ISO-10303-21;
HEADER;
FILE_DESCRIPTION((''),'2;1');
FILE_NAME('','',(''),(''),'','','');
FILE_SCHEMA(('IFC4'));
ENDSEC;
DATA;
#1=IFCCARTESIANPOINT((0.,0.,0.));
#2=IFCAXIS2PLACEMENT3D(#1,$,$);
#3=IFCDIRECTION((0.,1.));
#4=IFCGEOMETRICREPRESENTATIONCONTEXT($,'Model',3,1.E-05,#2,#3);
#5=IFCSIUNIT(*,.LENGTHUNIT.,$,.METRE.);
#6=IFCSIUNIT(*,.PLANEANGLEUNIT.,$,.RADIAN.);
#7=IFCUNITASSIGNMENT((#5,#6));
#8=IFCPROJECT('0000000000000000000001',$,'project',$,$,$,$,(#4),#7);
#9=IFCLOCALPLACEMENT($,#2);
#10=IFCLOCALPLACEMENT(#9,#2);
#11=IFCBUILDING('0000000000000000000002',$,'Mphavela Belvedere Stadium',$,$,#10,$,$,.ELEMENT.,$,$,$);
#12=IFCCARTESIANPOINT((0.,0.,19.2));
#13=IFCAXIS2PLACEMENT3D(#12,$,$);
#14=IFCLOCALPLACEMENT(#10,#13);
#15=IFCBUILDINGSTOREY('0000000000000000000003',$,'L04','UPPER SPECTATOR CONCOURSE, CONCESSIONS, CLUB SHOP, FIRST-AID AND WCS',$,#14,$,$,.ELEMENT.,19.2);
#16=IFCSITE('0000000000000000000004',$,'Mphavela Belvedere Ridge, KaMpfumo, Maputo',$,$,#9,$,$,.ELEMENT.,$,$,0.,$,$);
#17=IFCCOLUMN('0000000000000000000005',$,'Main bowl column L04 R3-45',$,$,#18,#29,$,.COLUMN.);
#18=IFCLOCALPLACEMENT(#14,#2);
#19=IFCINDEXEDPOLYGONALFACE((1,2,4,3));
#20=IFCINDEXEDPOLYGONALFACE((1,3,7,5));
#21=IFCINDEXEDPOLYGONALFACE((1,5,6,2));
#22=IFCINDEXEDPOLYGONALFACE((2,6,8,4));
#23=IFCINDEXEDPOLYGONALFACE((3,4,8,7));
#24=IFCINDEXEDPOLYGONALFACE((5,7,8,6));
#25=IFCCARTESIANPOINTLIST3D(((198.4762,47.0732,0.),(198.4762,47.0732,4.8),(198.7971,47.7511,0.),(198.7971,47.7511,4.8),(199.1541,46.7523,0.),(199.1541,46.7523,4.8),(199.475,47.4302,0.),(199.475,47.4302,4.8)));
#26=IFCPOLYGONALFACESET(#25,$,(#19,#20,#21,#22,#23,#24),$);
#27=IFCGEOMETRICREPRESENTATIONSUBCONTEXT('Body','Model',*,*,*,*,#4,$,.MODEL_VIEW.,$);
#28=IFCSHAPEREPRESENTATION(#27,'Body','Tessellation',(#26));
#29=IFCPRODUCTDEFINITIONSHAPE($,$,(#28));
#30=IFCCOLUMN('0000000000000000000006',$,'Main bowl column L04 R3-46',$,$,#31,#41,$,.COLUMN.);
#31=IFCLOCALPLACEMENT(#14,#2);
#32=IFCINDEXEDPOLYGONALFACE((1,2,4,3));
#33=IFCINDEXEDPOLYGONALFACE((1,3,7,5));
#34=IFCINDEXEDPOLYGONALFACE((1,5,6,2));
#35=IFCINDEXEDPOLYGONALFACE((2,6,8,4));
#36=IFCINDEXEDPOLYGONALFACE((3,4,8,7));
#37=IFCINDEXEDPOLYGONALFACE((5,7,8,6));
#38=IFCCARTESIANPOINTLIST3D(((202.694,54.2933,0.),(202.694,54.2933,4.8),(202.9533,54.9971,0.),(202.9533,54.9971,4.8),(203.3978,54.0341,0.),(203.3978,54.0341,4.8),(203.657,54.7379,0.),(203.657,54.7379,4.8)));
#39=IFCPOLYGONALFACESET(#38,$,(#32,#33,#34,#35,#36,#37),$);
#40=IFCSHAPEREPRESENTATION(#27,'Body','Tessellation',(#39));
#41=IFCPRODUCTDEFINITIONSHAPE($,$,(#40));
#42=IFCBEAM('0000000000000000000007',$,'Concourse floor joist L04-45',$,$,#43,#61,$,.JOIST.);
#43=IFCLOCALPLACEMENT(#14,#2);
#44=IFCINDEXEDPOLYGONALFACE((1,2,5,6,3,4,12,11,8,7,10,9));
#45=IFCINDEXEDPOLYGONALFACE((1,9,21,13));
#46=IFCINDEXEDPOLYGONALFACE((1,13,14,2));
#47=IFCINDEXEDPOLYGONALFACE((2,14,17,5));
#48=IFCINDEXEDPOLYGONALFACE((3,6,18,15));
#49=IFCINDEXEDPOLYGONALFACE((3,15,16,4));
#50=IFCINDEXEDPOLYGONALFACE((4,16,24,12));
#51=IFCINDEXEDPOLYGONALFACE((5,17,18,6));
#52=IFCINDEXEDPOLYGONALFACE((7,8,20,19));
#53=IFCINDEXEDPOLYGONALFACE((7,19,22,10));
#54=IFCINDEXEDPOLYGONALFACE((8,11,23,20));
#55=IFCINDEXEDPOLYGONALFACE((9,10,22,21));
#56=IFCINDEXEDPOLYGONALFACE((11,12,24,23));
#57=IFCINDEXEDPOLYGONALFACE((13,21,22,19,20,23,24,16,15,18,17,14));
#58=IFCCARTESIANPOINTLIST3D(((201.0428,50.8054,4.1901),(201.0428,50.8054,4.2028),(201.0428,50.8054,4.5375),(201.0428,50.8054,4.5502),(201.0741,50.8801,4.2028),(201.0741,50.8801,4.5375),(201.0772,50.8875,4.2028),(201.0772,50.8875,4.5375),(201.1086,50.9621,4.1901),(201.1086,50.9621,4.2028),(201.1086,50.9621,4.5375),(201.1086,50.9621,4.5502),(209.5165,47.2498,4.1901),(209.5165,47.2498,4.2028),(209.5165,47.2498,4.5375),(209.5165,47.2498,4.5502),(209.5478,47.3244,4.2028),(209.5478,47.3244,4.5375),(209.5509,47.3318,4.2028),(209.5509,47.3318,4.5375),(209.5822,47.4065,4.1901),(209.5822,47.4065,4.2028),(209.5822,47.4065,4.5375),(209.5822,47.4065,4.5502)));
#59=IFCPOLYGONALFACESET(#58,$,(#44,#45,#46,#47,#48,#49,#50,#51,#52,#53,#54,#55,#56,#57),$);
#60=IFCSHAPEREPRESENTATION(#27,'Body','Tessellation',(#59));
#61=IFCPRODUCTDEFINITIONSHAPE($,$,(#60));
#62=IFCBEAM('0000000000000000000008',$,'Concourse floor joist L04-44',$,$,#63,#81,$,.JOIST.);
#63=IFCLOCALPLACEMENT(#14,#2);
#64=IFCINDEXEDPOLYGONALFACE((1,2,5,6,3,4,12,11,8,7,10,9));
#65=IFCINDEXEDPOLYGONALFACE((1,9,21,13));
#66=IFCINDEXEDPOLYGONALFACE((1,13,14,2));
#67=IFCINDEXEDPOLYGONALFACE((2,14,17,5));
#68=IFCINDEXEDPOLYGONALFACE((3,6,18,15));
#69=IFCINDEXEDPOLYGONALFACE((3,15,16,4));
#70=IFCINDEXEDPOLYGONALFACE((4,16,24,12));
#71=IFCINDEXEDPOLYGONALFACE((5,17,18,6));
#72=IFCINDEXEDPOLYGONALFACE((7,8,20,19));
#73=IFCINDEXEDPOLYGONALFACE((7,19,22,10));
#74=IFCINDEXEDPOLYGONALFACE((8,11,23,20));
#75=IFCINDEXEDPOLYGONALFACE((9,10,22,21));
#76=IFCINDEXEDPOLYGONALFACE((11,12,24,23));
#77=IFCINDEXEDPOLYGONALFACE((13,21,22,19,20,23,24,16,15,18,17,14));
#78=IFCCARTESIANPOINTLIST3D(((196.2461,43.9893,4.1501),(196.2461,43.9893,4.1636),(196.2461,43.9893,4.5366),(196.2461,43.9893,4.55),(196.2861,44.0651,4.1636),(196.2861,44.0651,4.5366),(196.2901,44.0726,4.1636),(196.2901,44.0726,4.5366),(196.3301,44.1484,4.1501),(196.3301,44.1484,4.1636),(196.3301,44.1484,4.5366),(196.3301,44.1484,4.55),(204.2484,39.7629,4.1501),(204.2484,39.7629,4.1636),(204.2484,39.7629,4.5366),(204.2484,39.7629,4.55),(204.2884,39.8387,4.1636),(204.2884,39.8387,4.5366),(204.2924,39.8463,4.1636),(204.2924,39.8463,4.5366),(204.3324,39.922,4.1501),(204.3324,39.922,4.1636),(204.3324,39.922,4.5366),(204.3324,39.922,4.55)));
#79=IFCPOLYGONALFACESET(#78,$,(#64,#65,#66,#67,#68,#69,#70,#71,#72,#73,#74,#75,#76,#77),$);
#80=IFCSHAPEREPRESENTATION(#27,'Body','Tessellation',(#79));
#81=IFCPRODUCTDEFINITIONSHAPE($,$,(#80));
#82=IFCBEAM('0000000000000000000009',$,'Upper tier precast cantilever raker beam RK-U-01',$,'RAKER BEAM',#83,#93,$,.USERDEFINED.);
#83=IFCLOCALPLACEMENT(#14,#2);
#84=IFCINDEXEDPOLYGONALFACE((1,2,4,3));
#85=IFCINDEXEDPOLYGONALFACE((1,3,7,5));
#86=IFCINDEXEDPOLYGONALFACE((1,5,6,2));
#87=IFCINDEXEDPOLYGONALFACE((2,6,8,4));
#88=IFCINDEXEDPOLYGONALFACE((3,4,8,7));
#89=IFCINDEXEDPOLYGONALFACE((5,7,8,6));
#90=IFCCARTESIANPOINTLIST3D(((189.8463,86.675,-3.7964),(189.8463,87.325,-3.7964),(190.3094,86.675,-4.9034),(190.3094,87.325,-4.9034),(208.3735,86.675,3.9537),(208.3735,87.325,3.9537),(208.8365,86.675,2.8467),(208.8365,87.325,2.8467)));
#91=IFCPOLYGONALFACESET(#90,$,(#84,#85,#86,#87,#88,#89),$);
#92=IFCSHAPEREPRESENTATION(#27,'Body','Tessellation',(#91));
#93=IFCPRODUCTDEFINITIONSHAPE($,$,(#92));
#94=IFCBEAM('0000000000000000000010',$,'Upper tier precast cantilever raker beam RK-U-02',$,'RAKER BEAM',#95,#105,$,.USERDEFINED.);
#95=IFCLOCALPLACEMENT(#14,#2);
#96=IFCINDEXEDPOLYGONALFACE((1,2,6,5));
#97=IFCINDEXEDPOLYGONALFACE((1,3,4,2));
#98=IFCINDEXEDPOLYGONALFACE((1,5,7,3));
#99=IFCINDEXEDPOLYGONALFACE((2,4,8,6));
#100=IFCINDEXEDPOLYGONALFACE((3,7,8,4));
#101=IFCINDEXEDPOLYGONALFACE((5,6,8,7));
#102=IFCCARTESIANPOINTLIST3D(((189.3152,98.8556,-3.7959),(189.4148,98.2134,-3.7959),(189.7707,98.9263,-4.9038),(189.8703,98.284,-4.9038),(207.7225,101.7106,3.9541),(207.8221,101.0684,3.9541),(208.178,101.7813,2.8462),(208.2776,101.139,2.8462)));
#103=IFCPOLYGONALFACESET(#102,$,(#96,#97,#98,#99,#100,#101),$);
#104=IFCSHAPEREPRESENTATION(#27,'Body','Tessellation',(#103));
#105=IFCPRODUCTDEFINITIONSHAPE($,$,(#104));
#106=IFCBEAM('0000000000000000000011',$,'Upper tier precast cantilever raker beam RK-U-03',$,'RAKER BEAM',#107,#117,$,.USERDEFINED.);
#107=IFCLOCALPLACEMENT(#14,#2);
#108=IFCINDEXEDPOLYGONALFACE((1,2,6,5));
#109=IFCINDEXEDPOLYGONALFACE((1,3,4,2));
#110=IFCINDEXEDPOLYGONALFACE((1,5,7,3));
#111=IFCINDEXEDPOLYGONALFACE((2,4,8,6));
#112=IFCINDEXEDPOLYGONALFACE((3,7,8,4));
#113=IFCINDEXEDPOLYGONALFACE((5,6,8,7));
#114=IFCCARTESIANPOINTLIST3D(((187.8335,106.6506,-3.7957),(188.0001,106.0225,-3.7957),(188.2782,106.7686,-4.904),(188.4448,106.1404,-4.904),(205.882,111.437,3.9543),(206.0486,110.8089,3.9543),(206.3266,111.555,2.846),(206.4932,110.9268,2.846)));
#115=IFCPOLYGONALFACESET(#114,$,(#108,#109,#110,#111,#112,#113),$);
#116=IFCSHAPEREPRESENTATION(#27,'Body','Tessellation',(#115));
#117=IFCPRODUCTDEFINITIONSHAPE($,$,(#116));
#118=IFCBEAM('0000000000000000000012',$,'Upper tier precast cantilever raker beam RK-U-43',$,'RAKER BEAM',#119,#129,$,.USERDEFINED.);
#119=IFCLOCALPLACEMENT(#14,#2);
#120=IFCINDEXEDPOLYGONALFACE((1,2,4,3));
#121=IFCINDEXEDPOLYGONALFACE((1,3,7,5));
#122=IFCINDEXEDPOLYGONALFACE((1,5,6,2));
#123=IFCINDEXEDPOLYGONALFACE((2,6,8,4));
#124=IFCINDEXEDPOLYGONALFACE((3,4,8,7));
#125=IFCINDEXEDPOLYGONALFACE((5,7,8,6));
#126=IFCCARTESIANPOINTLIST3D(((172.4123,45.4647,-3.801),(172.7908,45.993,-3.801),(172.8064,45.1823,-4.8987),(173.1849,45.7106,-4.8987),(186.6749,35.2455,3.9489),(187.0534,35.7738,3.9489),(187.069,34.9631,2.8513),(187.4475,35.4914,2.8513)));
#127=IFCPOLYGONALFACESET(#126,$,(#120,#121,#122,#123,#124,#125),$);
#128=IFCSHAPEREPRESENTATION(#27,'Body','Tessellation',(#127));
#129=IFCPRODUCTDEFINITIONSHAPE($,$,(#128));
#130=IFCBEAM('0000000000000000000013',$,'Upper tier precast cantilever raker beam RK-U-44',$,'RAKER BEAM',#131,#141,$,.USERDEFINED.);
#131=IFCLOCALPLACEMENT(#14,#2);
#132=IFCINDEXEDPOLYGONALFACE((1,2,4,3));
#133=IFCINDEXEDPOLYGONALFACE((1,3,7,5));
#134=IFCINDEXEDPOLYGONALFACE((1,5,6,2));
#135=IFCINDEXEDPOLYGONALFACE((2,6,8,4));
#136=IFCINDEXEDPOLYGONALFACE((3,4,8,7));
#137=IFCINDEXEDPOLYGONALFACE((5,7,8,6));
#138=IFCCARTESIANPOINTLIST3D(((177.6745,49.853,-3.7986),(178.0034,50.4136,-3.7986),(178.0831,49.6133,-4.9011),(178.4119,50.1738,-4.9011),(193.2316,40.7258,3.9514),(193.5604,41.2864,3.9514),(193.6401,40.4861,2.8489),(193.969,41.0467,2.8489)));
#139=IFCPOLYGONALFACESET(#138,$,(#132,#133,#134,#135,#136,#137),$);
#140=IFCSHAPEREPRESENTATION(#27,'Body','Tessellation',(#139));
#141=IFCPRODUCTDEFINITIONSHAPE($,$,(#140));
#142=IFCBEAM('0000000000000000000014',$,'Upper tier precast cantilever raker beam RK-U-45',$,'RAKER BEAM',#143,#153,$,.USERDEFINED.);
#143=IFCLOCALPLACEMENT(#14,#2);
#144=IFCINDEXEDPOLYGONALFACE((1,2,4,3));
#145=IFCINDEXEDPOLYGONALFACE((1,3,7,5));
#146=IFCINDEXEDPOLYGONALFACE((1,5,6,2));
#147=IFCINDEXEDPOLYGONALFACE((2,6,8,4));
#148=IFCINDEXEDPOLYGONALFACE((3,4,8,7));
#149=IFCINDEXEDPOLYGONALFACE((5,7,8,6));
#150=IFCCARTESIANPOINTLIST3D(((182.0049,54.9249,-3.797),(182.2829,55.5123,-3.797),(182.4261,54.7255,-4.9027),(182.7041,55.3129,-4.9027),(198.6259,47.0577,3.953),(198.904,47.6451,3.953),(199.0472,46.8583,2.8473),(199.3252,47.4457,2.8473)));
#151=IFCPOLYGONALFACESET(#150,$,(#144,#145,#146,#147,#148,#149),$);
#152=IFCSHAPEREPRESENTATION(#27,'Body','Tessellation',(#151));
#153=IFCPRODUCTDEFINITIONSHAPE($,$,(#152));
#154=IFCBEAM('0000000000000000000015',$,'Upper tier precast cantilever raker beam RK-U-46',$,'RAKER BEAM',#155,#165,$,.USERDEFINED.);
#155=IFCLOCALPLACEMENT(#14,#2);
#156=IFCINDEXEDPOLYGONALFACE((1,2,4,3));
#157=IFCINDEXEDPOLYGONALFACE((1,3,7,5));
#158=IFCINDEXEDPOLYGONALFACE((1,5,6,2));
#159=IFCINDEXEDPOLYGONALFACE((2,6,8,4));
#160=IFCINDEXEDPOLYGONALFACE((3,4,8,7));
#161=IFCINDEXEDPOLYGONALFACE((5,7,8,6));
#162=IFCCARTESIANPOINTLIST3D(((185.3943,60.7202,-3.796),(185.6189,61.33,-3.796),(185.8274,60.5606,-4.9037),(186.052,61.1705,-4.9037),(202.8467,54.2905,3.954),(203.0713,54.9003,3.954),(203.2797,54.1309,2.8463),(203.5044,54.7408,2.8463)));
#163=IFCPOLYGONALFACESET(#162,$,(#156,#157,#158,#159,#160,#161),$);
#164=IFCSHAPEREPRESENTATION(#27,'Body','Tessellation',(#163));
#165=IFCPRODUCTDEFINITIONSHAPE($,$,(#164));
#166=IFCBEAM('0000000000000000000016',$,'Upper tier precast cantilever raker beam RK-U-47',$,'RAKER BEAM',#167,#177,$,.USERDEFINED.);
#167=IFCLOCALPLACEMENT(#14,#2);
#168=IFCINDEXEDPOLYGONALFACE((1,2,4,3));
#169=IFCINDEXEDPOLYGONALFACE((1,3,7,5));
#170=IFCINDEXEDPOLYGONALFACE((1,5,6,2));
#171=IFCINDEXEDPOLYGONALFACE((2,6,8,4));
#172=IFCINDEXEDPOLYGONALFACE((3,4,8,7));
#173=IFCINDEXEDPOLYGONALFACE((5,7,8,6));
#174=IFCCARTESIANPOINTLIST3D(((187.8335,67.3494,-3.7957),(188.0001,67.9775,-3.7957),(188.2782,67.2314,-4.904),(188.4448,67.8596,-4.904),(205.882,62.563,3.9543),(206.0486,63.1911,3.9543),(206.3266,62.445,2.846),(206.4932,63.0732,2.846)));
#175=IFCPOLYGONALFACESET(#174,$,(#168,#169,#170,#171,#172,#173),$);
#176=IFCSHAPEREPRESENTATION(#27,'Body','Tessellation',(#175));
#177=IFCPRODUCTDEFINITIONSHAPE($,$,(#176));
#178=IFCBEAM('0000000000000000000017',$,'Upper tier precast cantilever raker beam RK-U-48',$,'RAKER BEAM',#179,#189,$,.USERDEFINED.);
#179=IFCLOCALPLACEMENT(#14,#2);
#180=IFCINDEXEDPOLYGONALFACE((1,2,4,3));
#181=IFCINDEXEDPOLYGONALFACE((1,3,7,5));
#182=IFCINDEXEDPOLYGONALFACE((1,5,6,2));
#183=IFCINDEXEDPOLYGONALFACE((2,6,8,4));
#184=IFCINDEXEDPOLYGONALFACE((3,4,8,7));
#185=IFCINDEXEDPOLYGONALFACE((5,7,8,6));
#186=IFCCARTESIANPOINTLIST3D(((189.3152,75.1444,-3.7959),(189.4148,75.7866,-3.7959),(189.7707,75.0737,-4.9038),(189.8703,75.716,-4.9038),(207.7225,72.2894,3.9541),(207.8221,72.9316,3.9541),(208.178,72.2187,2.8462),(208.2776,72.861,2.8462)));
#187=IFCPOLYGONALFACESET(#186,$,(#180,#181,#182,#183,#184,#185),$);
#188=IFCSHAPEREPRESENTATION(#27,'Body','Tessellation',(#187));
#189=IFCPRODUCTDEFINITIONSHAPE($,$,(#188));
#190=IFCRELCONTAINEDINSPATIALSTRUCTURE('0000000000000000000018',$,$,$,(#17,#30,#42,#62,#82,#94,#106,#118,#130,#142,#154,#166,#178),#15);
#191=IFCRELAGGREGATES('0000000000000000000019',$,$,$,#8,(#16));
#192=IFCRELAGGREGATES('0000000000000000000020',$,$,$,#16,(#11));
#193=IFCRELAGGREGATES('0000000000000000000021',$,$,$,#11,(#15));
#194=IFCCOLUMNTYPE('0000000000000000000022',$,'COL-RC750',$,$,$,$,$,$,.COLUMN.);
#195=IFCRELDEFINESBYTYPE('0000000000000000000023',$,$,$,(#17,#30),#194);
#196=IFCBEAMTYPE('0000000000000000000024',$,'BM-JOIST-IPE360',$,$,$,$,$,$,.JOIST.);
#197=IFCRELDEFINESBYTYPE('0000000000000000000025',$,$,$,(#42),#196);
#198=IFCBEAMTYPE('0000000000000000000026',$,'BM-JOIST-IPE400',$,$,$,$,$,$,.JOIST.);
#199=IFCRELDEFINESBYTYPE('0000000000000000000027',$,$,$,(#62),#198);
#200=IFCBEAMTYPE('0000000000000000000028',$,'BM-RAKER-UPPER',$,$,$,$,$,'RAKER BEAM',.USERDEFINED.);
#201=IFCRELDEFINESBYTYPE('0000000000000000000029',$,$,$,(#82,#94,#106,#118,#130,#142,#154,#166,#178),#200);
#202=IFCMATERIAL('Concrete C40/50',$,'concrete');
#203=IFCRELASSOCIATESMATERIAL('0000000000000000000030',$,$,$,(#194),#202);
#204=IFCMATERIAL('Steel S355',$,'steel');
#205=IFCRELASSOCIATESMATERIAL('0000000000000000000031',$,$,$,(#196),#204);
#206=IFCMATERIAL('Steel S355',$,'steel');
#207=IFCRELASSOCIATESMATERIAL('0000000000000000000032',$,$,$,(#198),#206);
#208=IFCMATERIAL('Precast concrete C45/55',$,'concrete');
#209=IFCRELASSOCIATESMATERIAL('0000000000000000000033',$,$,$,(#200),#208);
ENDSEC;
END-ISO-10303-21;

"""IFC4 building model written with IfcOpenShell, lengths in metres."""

from ifc_helpers import new_model, si_unit, direction, frame, origin, origin_2d, place, context, subcontext, project, spatial, rectangle, i_section, extrude, material, material_profile, profile_set, type_object, element, save


model = new_model("IFC4")

# Units and contexts
model_context = context("Model", 3, precision=1e-05, world=origin(), true_north=direction((0.0, 1.0)))
body_context = subcontext(model_context, "Body", "Model", "MODEL_VIEW")
ifc_project = project(units=[si_unit("LENGTHUNIT", "METRE"), si_unit("PLANEANGLEUNIT", "RADIAN")], contexts=[model_context])

# Site, building, storey
site_placement = place(None, origin())
site = spatial("IfcSite", under=ifc_project, at=site_placement, Name="Mphavela Belvedere Ridge, KaMpfumo, Maputo", CompositionType="ELEMENT", RefElevation=0.0)
building_placement = place(site_placement, origin())
building = spatial("IfcBuilding", under=site, at=building_placement, Name="Mphavela Belvedere Stadium", CompositionType="ELEMENT")
storey_placement = place(building_placement, frame((0.0, 0.0, 19.2)))
storey = spatial("IfcBuildingStorey", under=building, at=storey_placement, Name="L04", Description="UPPER SPECTATOR CONCOURSE, CONCESSIONS, CLUB SHOP, FIRST-AID AND WCS", CompositionType="ELEMENT", Elevation=19.2)

# Columns
ifc_material_1 = material(Name="Concrete C40/50", Category="concrete")
ifc_material_profile_1 = material_profile(ifc_material_1, rectangle(XDim=0.75, YDim=0.75, at=origin_2d()), Name="RC 750x750")
ifc_profile_set_1 = profile_set([ifc_material_profile_1], Name="Concrete C40/50")
column_type = type_object("IfcColumnType", Name="COL-RC750", PredefinedType="COLUMN", material=ifc_profile_set_1)
for number, where, z_axis, x_axis, name in (
    (1, (198.9756, 47.2517, 0.0), (0.0, 0.0, 1.0), (0.903859, -0.427831, 0.0), "Main bowl column L04 R3-45"),
    (2, (203.1755, 54.5156, 0.0), (0.0, 0.0, 1.0), (0.938372, -0.345626, 0.0), "Main bowl column L04 R3-46"),
):
    element("IfcColumn", number, at=place(storey_placement, frame(where, z_axis=z_axis, x_axis=x_axis)), inside=storey, type_object=column_type, Name=name, PredefinedType="COLUMN", context=body_context, shape_type="SweptSolid", body=[
        extrude(rectangle(XDim=0.75, YDim=0.75, at=origin_2d()), origin(), (0.0, 0.0, 1.0), 4.8),
    ])

# Beams
ifc_material_2 = material(Name="Steel S355", Category="steel")
ifc_material_profile_2 = material_profile(ifc_material_2, i_section(OverallWidth=0.1699, OverallDepth=0.3601, WebThickness=0.0081, FlangeThickness=0.0127, at=origin_2d()), Name="IPE 360")
ifc_profile_set_2 = profile_set([ifc_material_profile_2], Name="Steel S355")
beam_type_1 = type_object("IfcBeamType", Name="BM-JOIST-IPE360", PredefinedType="JOIST", material=ifc_profile_set_2)
beam_1_placement = place(storey_placement, frame((201.0757, 50.8838, 4.3701), z_axis=(0.922109, -0.386931, 0.0), x_axis=(0.386931, 0.922109, 0.0)))
element("IfcBeam", 3, at=beam_1_placement, inside=storey, type_object=beam_type_1, Name="Concourse floor joist L04-45", PredefinedType="JOIST", context=body_context, shape_type="SweptSolid", body=[
    extrude(i_section(OverallWidth=0.1699, OverallDepth=0.3601, WebThickness=0.0081, FlangeThickness=0.0127, at=origin_2d()), origin(), (0.0, 0.0, 1.0), 9.1895),
])
ifc_material_3 = material(Name="Steel S355", Category="steel")
ifc_material_profile_3 = material_profile(ifc_material_3, i_section(OverallWidth=0.1799, OverallDepth=0.3999, WebThickness=0.0085, FlangeThickness=0.0134, at=origin_2d()), Name="IPE 400")
ifc_profile_set_3 = profile_set([ifc_material_profile_3], Name="Steel S355")
beam_type_2 = type_object("IfcBeamType", Name="BM-JOIST-IPE400", PredefinedType="JOIST", material=ifc_profile_set_3)
beam_2_placement = place(storey_placement, frame((196.2881, 44.0688, 4.3501), z_axis=(0.884251, -0.467012, 0.0), x_axis=(0.467012, 0.884251, 0.0)))
element("IfcBeam", 4, at=beam_2_placement, inside=storey, type_object=beam_type_2, Name="Concourse floor joist L04-44", PredefinedType="JOIST", context=body_context, shape_type="SweptSolid", body=[
    extrude(i_section(OverallWidth=0.1799, OverallDepth=0.3999, WebThickness=0.0085, FlangeThickness=0.0134, at=origin_2d()), origin(), (0.0, 0.0, 1.0), 9.0498),
])
ifc_material_4 = material(Name="Precast concrete C45/55", Category="concrete")
ifc_material_profile_4 = material_profile(ifc_material_4, rectangle(XDim=0.6499, YDim=1.2, at=origin_2d()), Name="PC 650x1200")
ifc_profile_set_4 = profile_set([ifc_material_profile_4], Name="Precast concrete C45/55")
beam_type_3 = type_object("IfcBeamType", Name="BM-RAKER-UPPER", ElementType="RAKER BEAM", PredefinedType="USERDEFINED", material=ifc_profile_set_4)
beam_3_placement = place(storey_placement, frame((190.0779, 87.0, -4.3499), z_axis=(0.922539, 0.0, 0.385904), x_axis=(0.0, 1.0, 0.0)))
element("IfcBeam", 5, at=beam_3_placement, inside=storey, type_object=beam_type_3, Name="Upper tier precast cantilever raker beam RK-U-01", ObjectType="RAKER BEAM", PredefinedType="USERDEFINED", context=body_context, shape_type="SweptSolid", body=[
    extrude(rectangle(XDim=0.6499, YDim=1.2, at=origin_2d()), origin(), (0.0, 0.0, 1.0), 20.0828),
])
beam_4_placement = place(storey_placement, frame((189.5928, 98.5698, -4.3499), z_axis=(0.912368, 0.141509, 0.384135), x_axis=(-0.153268, 0.988185, 0.0)))
element("IfcBeam", 6, at=beam_4_placement, inside=storey, type_object=beam_type_3, Name="Upper tier precast cantilever raker beam RK-U-02", ObjectType="RAKER BEAM", PredefinedType="USERDEFINED", context=body_context, shape_type="SweptSolid", body=[
    extrude(rectangle(XDim=0.6499, YDim=1.2, at=origin_2d()), origin(), (0.0, 0.0, 1.0), 20.1753),
])
beam_5_placement = place(storey_placement, frame((188.1392, 106.3955, -4.3499), z_axis=(0.892745, 0.236754, 0.383347), x_axis=(-0.256337, 0.966588, 0.0)))
element("IfcBeam", 7, at=beam_5_placement, inside=storey, type_object=beam_type_3, Name="Upper tier precast cantilever raker beam RK-U-03", ObjectType="RAKER BEAM", PredefinedType="USERDEFINED", context=body_context, shape_type="SweptSolid", body=[
    extrude(rectangle(XDim=0.6499, YDim=1.2, at=origin_2d()), origin(), (0.0, 0.0, 1.0), 20.2168),
])
beam_6_placement = place(storey_placement, frame((172.7986, 45.5876, -4.3499), z_axis=(0.743575, -0.532773, 0.404041), x_axis=(0.58243, 0.812881, 0.0)))
element("IfcBeam", 8, at=beam_6_placement, inside=storey, type_object=beam_type_3, Name="Upper tier precast cantilever raker beam RK-U-43", ObjectType="RAKER BEAM", PredefinedType="USERDEFINED", context=body_context, shape_type="SweptSolid", body=[
    extrude(rectangle(XDim=0.6499, YDim=1.2, at=origin_2d()), origin(), (0.0, 0.0, 1.0), 19.1812),
])
beam_7_placement = place(storey_placement, frame((178.0432, 50.0134, -4.3499), z_axis=(0.792461, -0.464928, 0.394775), x_axis=(0.506029, 0.862516, 0.0)))
element("IfcBeam", 9, at=beam_7_placement, inside=storey, type_object=beam_type_3, Name="Upper tier precast cantilever raker beam RK-U-44", ObjectType="RAKER BEAM", PredefinedType="USERDEFINED", context=body_context, shape_type="SweptSolid", body=[
    extrude(rectangle(XDim=0.6499, YDim=1.2, at=origin_2d()), origin(), (0.0, 0.0, 1.0), 19.6313),
])
beam_8_placement = place(storey_placement, frame((182.3545, 55.1189, -4.3499), z_axis=(0.832914, -0.39424, 0.388367), x_axis=(0.427822, 0.903863, 0.0)))
element("IfcBeam", 10, at=beam_8_placement, inside=storey, type_object=beam_type_3, Name="Upper tier precast cantilever raker beam RK-U-45", ObjectType="RAKER BEAM", PredefinedType="USERDEFINED", context=body_context, shape_type="SweptSolid", body=[
    extrude(rectangle(XDim=0.6499, YDim=1.2, at=origin_2d()), origin(), (0.0, 0.0, 1.0), 19.9553),
])
beam_9_placement = place(storey_placement, frame((185.7231, 60.9453, -4.3499), z_axis=(0.866159, -0.319104, 0.384631), x_axis=(0.345699, 0.938346, 0.0)))
element("IfcBeam", 11, at=beam_9_placement, inside=storey, type_object=beam_type_3, Name="Upper tier precast cantilever raker beam RK-U-46", ObjectType="RAKER BEAM", PredefinedType="USERDEFINED", context=body_context, shape_type="SweptSolid", body=[
    extrude(rectangle(XDim=0.6499, YDim=1.2, at=origin_2d()), origin(), (0.0, 0.0, 1.0), 20.1492),
])
beam_10_placement = place(storey_placement, frame((188.1392, 67.6045, -4.3499), z_axis=(0.892745, -0.236754, 0.383347), x_axis=(0.256337, 0.966588, 0.0)))
element("IfcBeam", 12, at=beam_10_placement, inside=storey, type_object=beam_type_3, Name="Upper tier precast cantilever raker beam RK-U-47", ObjectType="RAKER BEAM", PredefinedType="USERDEFINED", context=body_context, shape_type="SweptSolid", body=[
    extrude(rectangle(XDim=0.6499, YDim=1.2, at=origin_2d()), origin(), (0.0, 0.0, 1.0), 20.2168),
])
beam_11_placement = place(storey_placement, frame((189.5928, 75.4302, -4.3499), z_axis=(0.912368, -0.141509, 0.384135), x_axis=(0.153268, 0.988185, 0.0)))
element("IfcBeam", 13, at=beam_11_placement, inside=storey, type_object=beam_type_3, Name="Upper tier precast cantilever raker beam RK-U-48", ObjectType="RAKER BEAM", PredefinedType="USERDEFINED", context=body_context, shape_type="SweptSolid", body=[
    extrude(rectangle(XDim=0.6499, YDim=1.2, at=origin_2d()), origin(), (0.0, 0.0, 1.0), 20.1753),
])

save(model, "model.ifc")
